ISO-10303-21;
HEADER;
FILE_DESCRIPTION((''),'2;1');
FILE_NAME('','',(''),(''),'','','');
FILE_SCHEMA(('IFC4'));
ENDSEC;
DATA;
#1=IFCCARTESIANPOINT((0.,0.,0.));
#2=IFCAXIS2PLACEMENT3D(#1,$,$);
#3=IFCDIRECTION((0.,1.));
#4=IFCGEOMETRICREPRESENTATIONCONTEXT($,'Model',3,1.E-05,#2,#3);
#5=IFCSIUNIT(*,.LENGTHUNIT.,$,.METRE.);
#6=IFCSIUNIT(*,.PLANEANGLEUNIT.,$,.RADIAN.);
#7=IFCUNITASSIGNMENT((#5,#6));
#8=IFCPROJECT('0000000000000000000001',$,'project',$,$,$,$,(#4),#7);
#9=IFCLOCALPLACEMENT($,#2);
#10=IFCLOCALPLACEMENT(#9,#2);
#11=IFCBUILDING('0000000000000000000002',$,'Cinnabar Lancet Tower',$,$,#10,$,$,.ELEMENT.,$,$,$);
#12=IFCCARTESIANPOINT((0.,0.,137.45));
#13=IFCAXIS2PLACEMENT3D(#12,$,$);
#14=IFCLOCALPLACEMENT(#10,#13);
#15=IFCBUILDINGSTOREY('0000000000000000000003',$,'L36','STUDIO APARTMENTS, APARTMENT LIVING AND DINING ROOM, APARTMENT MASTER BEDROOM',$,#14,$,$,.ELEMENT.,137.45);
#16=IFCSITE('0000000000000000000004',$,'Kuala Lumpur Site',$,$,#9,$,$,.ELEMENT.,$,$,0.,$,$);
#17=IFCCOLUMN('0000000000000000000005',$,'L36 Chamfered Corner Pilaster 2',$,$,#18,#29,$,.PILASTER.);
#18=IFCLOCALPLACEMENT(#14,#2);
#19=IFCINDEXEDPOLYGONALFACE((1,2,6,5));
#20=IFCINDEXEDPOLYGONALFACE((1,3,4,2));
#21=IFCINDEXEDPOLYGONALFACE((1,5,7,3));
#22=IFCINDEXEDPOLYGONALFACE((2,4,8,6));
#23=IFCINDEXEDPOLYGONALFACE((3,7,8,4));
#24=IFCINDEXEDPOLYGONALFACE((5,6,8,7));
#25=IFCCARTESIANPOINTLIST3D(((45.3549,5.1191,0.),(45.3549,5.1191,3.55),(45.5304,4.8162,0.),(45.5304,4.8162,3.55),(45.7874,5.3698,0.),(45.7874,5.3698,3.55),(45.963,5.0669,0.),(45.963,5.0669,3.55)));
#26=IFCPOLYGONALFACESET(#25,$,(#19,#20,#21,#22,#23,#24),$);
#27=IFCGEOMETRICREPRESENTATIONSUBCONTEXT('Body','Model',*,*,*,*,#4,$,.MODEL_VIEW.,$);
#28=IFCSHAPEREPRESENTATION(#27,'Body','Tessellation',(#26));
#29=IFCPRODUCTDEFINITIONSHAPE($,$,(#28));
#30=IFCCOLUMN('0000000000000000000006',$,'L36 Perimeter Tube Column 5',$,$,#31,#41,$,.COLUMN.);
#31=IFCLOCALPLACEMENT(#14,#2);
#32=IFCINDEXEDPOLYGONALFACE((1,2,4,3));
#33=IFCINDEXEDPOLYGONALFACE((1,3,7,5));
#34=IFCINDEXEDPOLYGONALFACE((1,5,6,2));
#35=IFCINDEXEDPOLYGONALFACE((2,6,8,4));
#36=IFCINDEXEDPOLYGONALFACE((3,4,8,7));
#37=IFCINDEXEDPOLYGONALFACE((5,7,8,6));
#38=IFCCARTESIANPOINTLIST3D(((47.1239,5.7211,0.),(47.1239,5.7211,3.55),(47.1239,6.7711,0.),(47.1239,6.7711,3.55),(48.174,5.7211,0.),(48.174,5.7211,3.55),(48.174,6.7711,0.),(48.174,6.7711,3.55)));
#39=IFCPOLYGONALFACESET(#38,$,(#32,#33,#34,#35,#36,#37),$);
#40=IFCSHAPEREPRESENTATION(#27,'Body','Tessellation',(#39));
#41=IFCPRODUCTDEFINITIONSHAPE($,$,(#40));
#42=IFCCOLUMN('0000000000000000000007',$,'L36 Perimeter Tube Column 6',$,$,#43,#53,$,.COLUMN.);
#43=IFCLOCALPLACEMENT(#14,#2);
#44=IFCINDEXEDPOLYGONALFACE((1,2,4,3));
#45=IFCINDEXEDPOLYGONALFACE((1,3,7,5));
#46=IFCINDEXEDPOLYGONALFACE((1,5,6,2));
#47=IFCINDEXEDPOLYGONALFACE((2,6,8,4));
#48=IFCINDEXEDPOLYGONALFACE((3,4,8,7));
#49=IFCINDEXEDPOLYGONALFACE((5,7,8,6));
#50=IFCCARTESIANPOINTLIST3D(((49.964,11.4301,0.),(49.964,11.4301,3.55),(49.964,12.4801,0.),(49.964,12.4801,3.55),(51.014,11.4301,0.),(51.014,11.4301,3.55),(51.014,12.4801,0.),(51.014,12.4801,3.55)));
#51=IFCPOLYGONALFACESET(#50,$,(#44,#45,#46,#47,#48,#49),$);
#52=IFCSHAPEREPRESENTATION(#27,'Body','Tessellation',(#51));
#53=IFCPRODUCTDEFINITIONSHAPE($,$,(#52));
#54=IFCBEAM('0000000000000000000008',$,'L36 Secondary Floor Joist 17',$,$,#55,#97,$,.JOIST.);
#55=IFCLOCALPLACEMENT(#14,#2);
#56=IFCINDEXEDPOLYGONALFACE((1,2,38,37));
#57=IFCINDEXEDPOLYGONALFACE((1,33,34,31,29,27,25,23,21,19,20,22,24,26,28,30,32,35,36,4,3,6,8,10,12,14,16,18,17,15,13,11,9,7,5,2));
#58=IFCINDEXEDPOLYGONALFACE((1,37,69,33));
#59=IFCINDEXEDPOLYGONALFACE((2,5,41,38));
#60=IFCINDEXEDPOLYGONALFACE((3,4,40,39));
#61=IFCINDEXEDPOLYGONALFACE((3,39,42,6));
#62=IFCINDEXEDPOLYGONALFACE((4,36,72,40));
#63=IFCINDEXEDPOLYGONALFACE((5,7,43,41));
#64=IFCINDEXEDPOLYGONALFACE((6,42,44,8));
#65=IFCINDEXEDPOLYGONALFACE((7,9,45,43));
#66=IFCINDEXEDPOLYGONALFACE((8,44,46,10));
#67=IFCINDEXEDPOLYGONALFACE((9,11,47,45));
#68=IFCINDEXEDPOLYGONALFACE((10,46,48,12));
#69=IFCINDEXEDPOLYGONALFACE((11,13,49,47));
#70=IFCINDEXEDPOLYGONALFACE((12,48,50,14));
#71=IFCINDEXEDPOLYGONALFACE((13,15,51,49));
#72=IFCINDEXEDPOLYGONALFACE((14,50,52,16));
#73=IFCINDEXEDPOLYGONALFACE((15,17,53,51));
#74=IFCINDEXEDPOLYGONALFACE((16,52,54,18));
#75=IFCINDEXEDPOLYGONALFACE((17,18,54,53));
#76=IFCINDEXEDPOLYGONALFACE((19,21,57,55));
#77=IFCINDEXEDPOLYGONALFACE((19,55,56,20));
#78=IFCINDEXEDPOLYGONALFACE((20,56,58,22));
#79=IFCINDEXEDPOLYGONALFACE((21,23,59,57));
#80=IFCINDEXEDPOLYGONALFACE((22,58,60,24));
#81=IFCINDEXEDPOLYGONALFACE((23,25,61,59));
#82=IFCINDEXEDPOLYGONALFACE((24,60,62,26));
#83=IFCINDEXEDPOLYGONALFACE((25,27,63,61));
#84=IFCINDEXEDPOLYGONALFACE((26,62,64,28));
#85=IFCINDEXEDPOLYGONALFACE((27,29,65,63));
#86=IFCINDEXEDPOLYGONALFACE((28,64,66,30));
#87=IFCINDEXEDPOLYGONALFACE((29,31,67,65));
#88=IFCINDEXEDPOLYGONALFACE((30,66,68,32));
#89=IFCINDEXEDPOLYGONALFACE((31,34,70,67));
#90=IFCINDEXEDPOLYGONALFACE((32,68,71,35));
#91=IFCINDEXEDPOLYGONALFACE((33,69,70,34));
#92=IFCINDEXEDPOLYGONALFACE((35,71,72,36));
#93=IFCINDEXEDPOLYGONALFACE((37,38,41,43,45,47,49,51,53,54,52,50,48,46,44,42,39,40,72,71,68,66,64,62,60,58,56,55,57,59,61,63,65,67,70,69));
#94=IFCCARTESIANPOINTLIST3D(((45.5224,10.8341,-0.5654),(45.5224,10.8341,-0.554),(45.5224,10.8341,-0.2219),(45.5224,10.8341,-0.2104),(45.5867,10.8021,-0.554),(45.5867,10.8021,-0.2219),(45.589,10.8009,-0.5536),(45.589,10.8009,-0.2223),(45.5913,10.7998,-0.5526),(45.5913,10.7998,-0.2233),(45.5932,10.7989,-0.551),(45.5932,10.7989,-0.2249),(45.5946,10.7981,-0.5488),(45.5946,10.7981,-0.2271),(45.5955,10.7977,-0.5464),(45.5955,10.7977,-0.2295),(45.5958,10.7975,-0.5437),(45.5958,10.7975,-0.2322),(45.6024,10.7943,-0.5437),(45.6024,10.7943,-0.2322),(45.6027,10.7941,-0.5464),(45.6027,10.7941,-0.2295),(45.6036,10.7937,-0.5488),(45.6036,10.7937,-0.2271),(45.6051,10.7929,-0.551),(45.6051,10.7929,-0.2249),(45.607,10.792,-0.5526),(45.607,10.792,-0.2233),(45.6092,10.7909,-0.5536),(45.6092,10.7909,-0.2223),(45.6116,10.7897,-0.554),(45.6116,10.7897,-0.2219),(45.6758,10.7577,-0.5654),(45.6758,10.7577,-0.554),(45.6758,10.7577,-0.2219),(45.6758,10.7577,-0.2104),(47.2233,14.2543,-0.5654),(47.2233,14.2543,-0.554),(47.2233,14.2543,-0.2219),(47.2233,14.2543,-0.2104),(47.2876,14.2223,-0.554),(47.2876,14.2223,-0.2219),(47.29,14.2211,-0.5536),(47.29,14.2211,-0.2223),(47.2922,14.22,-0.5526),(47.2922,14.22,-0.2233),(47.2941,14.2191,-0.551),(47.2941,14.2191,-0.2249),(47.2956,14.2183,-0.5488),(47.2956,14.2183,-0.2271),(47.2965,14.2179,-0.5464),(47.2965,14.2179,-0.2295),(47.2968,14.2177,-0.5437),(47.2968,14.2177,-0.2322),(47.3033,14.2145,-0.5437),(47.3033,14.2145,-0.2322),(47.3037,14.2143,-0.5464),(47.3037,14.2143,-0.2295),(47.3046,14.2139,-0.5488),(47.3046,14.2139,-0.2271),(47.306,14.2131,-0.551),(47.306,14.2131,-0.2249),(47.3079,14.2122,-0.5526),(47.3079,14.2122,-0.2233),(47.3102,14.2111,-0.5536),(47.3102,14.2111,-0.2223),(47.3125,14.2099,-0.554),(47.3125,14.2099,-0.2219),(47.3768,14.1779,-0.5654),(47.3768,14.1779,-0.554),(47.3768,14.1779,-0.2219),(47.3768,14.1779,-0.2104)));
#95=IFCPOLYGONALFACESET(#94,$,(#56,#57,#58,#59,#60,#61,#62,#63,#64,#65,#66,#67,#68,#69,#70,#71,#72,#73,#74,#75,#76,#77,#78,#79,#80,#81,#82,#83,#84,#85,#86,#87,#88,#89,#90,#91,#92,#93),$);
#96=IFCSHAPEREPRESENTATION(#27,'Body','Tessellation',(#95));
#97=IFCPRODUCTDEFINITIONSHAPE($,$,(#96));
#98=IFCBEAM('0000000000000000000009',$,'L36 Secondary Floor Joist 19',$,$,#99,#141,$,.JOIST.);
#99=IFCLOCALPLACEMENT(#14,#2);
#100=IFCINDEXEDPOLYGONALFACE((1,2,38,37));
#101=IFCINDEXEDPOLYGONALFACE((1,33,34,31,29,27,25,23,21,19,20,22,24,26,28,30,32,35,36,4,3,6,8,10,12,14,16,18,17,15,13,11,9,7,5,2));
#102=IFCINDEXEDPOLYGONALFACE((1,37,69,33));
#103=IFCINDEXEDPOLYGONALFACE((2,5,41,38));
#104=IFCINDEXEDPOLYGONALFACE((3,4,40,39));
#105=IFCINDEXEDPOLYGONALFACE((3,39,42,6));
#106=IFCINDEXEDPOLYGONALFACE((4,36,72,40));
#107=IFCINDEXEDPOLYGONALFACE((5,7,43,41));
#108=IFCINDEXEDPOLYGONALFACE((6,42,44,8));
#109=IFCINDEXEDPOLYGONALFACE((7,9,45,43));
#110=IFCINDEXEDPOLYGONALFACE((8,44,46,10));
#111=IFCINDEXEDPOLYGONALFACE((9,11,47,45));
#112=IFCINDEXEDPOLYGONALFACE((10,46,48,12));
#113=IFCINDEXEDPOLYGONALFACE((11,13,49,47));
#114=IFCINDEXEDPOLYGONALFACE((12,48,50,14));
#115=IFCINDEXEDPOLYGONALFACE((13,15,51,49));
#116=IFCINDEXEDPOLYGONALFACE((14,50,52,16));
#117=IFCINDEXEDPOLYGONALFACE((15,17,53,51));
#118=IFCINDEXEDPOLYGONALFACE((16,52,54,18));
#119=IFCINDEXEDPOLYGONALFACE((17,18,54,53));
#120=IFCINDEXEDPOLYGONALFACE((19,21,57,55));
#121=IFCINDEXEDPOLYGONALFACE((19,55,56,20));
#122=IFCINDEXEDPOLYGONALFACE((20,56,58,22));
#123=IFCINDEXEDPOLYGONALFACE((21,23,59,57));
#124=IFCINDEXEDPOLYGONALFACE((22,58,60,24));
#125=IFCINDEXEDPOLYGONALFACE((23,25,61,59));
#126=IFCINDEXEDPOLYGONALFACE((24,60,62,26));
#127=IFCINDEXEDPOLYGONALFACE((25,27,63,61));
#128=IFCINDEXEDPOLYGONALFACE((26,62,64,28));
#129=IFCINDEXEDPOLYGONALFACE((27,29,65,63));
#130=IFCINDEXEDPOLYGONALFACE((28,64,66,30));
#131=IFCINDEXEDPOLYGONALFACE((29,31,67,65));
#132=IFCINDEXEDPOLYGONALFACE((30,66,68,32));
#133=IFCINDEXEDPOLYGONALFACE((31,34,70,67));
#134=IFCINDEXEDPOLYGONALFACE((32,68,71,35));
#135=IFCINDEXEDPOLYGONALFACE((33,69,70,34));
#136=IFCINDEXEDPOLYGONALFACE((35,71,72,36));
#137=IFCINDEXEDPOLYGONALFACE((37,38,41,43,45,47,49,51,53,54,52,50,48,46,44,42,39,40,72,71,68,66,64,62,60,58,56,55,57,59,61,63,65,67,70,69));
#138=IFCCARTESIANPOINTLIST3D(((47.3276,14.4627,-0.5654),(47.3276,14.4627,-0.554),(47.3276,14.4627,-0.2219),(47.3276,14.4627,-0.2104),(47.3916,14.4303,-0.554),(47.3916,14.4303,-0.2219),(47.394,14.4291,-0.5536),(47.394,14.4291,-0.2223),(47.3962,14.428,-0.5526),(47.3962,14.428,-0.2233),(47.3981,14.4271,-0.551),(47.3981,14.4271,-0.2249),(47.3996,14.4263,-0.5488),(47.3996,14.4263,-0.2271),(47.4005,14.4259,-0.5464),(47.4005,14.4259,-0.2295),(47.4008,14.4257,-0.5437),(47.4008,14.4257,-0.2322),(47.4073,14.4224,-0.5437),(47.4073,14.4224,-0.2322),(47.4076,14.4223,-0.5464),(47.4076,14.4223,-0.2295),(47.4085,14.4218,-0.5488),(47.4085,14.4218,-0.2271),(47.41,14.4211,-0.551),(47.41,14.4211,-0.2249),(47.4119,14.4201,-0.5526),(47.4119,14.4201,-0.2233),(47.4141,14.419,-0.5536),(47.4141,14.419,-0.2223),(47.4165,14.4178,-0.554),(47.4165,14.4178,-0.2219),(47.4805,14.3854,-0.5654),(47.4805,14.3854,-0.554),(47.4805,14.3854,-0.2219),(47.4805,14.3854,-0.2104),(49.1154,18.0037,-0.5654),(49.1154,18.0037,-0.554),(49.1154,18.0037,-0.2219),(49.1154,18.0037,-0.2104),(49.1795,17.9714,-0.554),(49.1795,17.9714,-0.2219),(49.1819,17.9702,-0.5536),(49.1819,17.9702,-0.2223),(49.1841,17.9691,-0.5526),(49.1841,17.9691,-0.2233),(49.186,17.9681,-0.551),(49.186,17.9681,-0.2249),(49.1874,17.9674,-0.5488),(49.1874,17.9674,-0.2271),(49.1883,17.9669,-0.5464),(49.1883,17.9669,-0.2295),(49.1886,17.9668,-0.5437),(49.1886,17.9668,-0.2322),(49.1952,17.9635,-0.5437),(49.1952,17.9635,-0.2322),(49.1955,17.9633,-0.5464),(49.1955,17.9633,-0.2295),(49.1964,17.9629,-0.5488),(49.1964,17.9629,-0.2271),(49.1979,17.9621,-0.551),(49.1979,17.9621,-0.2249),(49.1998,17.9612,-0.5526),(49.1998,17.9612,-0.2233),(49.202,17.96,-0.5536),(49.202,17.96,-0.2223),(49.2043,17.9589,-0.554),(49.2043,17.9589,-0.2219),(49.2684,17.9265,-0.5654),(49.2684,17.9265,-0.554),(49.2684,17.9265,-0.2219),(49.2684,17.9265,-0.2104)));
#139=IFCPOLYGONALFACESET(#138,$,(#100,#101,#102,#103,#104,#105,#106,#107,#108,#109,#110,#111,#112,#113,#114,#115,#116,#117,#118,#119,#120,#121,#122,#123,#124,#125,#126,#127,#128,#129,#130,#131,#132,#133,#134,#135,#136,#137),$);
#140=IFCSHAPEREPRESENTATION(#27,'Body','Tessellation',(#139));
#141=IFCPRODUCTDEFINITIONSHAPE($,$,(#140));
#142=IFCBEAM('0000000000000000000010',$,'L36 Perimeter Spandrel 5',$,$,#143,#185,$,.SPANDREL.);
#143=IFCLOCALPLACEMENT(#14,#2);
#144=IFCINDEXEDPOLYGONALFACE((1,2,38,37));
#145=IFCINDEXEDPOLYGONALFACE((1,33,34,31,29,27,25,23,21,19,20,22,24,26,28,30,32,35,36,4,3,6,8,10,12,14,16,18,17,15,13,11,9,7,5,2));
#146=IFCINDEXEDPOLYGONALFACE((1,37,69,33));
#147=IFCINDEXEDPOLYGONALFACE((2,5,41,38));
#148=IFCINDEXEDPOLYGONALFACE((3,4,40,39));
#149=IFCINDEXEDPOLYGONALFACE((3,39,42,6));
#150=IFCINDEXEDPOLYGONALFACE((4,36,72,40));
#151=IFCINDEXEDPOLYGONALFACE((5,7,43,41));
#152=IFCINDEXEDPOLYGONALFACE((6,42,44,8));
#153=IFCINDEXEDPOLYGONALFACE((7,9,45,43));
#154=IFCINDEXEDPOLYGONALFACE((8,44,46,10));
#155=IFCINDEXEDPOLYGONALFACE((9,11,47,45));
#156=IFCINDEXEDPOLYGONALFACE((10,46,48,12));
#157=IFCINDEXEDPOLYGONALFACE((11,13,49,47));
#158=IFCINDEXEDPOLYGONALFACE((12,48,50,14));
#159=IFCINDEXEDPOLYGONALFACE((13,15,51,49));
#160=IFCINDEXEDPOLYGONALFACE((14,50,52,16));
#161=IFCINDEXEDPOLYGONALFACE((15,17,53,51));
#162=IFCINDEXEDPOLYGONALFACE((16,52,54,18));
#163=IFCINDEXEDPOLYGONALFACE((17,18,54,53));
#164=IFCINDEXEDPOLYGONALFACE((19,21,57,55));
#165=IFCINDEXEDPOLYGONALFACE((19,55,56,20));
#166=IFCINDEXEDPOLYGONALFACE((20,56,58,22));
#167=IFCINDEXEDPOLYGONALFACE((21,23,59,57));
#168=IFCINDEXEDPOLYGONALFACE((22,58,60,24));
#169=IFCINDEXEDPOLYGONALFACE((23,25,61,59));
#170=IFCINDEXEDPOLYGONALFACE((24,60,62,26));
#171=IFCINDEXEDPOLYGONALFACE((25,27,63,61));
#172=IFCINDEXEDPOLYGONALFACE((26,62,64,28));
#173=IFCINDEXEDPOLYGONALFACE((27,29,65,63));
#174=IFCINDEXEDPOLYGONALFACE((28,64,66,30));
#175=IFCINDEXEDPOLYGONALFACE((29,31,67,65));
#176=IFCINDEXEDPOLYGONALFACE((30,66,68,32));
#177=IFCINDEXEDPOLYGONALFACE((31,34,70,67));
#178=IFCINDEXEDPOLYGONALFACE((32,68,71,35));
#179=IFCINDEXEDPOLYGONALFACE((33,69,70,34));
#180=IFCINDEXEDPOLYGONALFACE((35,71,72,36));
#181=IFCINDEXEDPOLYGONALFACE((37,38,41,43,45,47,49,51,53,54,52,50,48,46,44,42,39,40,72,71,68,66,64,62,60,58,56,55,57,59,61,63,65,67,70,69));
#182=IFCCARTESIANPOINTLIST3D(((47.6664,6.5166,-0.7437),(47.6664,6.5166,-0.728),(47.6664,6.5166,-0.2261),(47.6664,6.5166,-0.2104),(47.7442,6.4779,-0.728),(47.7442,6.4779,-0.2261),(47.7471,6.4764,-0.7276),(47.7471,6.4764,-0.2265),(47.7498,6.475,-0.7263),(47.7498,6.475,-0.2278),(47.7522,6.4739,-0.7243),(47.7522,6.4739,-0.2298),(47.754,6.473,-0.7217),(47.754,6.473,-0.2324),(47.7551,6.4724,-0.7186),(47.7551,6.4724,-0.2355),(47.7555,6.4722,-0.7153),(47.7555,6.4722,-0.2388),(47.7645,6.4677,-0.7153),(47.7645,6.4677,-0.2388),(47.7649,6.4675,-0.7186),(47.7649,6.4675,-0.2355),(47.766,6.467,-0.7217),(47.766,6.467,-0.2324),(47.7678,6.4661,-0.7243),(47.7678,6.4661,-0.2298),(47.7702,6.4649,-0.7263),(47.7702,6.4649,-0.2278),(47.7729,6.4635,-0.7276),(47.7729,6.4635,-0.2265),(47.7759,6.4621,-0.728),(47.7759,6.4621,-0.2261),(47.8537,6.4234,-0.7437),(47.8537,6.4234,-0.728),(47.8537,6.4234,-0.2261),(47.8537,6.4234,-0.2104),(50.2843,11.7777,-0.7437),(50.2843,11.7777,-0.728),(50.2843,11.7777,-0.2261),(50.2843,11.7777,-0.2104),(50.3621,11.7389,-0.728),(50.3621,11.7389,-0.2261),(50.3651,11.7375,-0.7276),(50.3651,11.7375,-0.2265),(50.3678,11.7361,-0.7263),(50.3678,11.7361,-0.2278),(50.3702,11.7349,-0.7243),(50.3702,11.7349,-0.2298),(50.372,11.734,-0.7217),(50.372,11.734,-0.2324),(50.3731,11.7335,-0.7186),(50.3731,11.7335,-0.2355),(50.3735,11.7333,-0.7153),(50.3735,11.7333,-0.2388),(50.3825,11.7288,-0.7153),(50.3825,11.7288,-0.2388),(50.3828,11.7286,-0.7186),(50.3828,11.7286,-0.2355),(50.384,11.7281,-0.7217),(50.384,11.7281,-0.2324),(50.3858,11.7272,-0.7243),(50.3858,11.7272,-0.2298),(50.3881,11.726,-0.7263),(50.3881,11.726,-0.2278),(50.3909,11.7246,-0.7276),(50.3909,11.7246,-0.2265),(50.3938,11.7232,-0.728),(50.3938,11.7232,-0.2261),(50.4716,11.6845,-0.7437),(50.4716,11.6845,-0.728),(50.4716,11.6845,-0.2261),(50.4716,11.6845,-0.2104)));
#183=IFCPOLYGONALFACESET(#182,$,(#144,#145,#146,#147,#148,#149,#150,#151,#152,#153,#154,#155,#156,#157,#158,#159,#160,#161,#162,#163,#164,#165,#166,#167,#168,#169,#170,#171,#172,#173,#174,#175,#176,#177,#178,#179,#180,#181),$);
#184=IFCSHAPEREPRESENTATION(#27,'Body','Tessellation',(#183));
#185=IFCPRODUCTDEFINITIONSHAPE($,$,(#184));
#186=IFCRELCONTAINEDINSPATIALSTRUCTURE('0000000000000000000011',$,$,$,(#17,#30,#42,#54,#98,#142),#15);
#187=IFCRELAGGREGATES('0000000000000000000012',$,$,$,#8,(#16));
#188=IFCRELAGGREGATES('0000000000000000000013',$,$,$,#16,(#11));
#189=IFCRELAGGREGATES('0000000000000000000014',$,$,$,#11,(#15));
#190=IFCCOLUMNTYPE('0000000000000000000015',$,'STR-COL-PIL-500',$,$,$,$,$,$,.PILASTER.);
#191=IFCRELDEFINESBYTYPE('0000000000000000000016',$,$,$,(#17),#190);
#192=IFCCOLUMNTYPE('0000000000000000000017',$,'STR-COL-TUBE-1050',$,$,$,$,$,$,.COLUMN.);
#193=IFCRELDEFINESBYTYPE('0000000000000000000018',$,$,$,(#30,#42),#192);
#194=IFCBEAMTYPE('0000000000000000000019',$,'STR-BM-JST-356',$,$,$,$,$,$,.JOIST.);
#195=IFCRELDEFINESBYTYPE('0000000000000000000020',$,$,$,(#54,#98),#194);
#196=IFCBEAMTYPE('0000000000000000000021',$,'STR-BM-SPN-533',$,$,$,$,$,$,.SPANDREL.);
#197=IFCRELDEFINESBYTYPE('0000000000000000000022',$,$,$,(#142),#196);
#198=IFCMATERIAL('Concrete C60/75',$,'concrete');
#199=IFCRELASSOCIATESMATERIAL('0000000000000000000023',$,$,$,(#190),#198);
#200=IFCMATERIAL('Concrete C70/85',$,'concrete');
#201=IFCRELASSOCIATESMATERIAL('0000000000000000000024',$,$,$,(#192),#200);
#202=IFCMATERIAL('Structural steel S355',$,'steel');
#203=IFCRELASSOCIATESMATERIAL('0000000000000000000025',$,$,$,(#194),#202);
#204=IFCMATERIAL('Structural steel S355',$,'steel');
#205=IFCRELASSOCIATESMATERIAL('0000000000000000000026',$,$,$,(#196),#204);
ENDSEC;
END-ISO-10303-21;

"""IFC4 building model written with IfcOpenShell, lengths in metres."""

from ifc_helpers import new_model, si_unit, direction, frame, origin, origin_2d, place, context, subcontext, project, spatial, rectangle, i_section, extrude, material, material_profile, profile_set, type_object, element, save


model = new_model("IFC4")

# Units and contexts
model_context = context("Model", 3, precision=1e-05, world=origin(), true_north=direction((0.0, 1.0)))
body_context = subcontext(model_context, "Body", "Model", "MODEL_VIEW")
ifc_project = project(units=[si_unit("LENGTHUNIT", "METRE"), si_unit("PLANEANGLEUNIT", "RADIAN")], contexts=[model_context])

# Site, building, storey
site_placement = place(None, origin())
site = spatial("IfcSite", under=ifc_project, at=site_placement, Name="Kuala Lumpur Site", CompositionType="ELEMENT", RefElevation=0.0)
building_placement = place(site_placement, origin())
building = spatial("IfcBuilding", under=site, at=building_placement, Name="Cinnabar Lancet Tower", CompositionType="ELEMENT")
storey_placement = place(building_placement, frame((0.0, 0.0, 137.45)))
storey = spatial("IfcBuildingStorey", under=building, at=storey_placement, Name="L36", Description="STUDIO APARTMENTS, APARTMENT LIVING AND DINING ROOM, APARTMENT MASTER BEDROOM", CompositionType="ELEMENT", Elevation=137.45)

# Columns
ifc_material_1 = material(Name="Concrete C60/75", Category="concrete")
ifc_material_profile_1 = material_profile(ifc_material_1, rectangle(XDim=0.5, YDim=0.3501, at=origin_2d()), Name="RC-PIL 500x350")
ifc_profile_set_1 = profile_set([ifc_material_profile_1], Name="Concrete C60/75")
column_type_1 = type_object("IfcColumnType", Name="STR-COL-PIL-500", PredefinedType="PILASTER", material=ifc_profile_set_1)
column_placement = place(storey_placement, frame((45.6589, 5.093, 0.0), z_axis=(0.0, 0.0, 1.0), x_axis=(0.86516, 0.501496, 0.0)))
element("IfcColumn", 1, at=column_placement, inside=storey, type_object=column_type_1, Name="L36 Chamfered Corner Pilaster 2", PredefinedType="PILASTER", context=body_context, shape_type="SweptSolid", body=[
    extrude(rectangle(XDim=0.5, YDim=0.3501, at=origin_2d()), origin(), (0.0, 0.0, 1.0), 3.55),
])
ifc_material_2 = material(Name="Concrete C70/85", Category="concrete")
ifc_material_profile_2 = material_profile(ifc_material_2, rectangle(XDim=1.05, YDim=1.05, at=origin_2d()), Name="RC-COL 1050x1050")
ifc_profile_set_2 = profile_set([ifc_material_profile_2], Name="Concrete C70/85")
column_type_2 = type_object("IfcColumnType", Name="STR-COL-TUBE-1050", PredefinedType="COLUMN", material=ifc_profile_set_2)
for number, where, z_axis, x_axis, name in (
    (2, (47.6489, 6.2461, 0.0), (0.0, 0.0, 1.0), (1.0, 0.0, 0.0), "L36 Perimeter Tube Column 5"),
    (3, (50.489, 11.9551, 0.0), (0.0, 0.0, 1.0), (1.0, 0.0, 0.0), "L36 Perimeter Tube Column 6"),
):
    element("IfcColumn", number, at=place(storey_placement, frame(where, z_axis=z_axis, x_axis=x_axis)), inside=storey, type_object=column_type_2, Name=name, PredefinedType="COLUMN", context=body_context, shape_type="SweptSolid", body=[
        extrude(rectangle(XDim=1.05, YDim=1.05, at=origin_2d()), origin(), (0.0, 0.0, 1.0), 3.55),
    ])

# Beams
ifc_material_3 = material(Name="Structural steel S355", Category="steel")
ifc_material_profile_3 = material_profile(ifc_material_3, i_section(OverallWidth=0.1714, OverallDepth=0.355, WebThickness=0.0073, FlangeThickness=0.0115, FilletRadius=0.0103, at=origin_2d()), Name="UKB 356x171x51")
ifc_profile_set_3 = profile_set([ifc_material_profile_3], Name="Structural steel S355")
beam_type_1 = type_object("IfcBeamType", Name="STR-BM-JST-356", PredefinedType="JOIST", material=ifc_profile_set_3)
beam_1_placement = place(storey_placement, frame((45.5991, 10.7959, -0.3879), z_axis=(0.445295, 0.895384, 0.0), x_axis=(-0.895384, 0.445295, 0.0)))
element("IfcBeam", 4, at=beam_1_placement, inside=storey, type_object=beam_type_1, Name="L36 Secondary Floor Joist 17", PredefinedType="JOIST", context=body_context, shape_type="SweptSolid", body=[
    extrude(i_section(OverallWidth=0.1714, OverallDepth=0.355, WebThickness=0.0073, FlangeThickness=0.0115, FilletRadius=0.0103, at=origin_2d()), origin(), (0.0, 0.0, 1.0), 3.8198),
])
beam_2_placement = place(storey_placement, frame((47.4041, 14.4241, -0.3879), z_axis=(0.450706, 0.892672, 0.0), x_axis=(-0.892672, 0.450706, 0.0)))
element("IfcBeam", 5, at=beam_2_placement, inside=storey, type_object=beam_type_1, Name="L36 Secondary Floor Joist 19", PredefinedType="JOIST", context=body_context, shape_type="SweptSolid", body=[
    extrude(i_section(OverallWidth=0.1714, OverallDepth=0.355, WebThickness=0.0073, FlangeThickness=0.0115, FilletRadius=0.0103, at=origin_2d()), origin(), (0.0, 0.0, 1.0), 3.9668),
])
ifc_material_4 = material(Name="Structural steel S355", Category="steel")
ifc_material_profile_4 = material_profile(ifc_material_4, i_section(OverallWidth=0.2092, OverallDepth=0.5332, WebThickness=0.01, FlangeThickness=0.0156, FilletRadius=0.0127, at=origin_2d()), Name="UKB 533x210x92")
ifc_profile_set_4 = profile_set([ifc_material_profile_4], Name="Structural steel S355")
beam_type_2 = type_object("IfcBeamType", Name="STR-BM-SPN-533", PredefinedType="SPANDREL", material=ifc_profile_set_4)
beam_3_placement = place(storey_placement, frame((47.76, 6.47, -0.4771), z_axis=(0.445501, 0.895281, 0.0), x_axis=(-0.895281, 0.445501, 0.0)))
element("IfcBeam", 6, at=beam_3_placement, inside=storey, type_object=beam_type_2, Name="L36 Perimeter Spandrel 5", PredefinedType="SPANDREL", context=body_context, shape_type="SweptSolid", body=[
    extrude(i_section(OverallWidth=0.2092, OverallDepth=0.5332, WebThickness=0.01, FlangeThickness=0.0156, FilletRadius=0.0127, at=origin_2d()), origin(), (0.0, 0.0, 1.0), 5.8765),
])

save(model, "model.ifc")
